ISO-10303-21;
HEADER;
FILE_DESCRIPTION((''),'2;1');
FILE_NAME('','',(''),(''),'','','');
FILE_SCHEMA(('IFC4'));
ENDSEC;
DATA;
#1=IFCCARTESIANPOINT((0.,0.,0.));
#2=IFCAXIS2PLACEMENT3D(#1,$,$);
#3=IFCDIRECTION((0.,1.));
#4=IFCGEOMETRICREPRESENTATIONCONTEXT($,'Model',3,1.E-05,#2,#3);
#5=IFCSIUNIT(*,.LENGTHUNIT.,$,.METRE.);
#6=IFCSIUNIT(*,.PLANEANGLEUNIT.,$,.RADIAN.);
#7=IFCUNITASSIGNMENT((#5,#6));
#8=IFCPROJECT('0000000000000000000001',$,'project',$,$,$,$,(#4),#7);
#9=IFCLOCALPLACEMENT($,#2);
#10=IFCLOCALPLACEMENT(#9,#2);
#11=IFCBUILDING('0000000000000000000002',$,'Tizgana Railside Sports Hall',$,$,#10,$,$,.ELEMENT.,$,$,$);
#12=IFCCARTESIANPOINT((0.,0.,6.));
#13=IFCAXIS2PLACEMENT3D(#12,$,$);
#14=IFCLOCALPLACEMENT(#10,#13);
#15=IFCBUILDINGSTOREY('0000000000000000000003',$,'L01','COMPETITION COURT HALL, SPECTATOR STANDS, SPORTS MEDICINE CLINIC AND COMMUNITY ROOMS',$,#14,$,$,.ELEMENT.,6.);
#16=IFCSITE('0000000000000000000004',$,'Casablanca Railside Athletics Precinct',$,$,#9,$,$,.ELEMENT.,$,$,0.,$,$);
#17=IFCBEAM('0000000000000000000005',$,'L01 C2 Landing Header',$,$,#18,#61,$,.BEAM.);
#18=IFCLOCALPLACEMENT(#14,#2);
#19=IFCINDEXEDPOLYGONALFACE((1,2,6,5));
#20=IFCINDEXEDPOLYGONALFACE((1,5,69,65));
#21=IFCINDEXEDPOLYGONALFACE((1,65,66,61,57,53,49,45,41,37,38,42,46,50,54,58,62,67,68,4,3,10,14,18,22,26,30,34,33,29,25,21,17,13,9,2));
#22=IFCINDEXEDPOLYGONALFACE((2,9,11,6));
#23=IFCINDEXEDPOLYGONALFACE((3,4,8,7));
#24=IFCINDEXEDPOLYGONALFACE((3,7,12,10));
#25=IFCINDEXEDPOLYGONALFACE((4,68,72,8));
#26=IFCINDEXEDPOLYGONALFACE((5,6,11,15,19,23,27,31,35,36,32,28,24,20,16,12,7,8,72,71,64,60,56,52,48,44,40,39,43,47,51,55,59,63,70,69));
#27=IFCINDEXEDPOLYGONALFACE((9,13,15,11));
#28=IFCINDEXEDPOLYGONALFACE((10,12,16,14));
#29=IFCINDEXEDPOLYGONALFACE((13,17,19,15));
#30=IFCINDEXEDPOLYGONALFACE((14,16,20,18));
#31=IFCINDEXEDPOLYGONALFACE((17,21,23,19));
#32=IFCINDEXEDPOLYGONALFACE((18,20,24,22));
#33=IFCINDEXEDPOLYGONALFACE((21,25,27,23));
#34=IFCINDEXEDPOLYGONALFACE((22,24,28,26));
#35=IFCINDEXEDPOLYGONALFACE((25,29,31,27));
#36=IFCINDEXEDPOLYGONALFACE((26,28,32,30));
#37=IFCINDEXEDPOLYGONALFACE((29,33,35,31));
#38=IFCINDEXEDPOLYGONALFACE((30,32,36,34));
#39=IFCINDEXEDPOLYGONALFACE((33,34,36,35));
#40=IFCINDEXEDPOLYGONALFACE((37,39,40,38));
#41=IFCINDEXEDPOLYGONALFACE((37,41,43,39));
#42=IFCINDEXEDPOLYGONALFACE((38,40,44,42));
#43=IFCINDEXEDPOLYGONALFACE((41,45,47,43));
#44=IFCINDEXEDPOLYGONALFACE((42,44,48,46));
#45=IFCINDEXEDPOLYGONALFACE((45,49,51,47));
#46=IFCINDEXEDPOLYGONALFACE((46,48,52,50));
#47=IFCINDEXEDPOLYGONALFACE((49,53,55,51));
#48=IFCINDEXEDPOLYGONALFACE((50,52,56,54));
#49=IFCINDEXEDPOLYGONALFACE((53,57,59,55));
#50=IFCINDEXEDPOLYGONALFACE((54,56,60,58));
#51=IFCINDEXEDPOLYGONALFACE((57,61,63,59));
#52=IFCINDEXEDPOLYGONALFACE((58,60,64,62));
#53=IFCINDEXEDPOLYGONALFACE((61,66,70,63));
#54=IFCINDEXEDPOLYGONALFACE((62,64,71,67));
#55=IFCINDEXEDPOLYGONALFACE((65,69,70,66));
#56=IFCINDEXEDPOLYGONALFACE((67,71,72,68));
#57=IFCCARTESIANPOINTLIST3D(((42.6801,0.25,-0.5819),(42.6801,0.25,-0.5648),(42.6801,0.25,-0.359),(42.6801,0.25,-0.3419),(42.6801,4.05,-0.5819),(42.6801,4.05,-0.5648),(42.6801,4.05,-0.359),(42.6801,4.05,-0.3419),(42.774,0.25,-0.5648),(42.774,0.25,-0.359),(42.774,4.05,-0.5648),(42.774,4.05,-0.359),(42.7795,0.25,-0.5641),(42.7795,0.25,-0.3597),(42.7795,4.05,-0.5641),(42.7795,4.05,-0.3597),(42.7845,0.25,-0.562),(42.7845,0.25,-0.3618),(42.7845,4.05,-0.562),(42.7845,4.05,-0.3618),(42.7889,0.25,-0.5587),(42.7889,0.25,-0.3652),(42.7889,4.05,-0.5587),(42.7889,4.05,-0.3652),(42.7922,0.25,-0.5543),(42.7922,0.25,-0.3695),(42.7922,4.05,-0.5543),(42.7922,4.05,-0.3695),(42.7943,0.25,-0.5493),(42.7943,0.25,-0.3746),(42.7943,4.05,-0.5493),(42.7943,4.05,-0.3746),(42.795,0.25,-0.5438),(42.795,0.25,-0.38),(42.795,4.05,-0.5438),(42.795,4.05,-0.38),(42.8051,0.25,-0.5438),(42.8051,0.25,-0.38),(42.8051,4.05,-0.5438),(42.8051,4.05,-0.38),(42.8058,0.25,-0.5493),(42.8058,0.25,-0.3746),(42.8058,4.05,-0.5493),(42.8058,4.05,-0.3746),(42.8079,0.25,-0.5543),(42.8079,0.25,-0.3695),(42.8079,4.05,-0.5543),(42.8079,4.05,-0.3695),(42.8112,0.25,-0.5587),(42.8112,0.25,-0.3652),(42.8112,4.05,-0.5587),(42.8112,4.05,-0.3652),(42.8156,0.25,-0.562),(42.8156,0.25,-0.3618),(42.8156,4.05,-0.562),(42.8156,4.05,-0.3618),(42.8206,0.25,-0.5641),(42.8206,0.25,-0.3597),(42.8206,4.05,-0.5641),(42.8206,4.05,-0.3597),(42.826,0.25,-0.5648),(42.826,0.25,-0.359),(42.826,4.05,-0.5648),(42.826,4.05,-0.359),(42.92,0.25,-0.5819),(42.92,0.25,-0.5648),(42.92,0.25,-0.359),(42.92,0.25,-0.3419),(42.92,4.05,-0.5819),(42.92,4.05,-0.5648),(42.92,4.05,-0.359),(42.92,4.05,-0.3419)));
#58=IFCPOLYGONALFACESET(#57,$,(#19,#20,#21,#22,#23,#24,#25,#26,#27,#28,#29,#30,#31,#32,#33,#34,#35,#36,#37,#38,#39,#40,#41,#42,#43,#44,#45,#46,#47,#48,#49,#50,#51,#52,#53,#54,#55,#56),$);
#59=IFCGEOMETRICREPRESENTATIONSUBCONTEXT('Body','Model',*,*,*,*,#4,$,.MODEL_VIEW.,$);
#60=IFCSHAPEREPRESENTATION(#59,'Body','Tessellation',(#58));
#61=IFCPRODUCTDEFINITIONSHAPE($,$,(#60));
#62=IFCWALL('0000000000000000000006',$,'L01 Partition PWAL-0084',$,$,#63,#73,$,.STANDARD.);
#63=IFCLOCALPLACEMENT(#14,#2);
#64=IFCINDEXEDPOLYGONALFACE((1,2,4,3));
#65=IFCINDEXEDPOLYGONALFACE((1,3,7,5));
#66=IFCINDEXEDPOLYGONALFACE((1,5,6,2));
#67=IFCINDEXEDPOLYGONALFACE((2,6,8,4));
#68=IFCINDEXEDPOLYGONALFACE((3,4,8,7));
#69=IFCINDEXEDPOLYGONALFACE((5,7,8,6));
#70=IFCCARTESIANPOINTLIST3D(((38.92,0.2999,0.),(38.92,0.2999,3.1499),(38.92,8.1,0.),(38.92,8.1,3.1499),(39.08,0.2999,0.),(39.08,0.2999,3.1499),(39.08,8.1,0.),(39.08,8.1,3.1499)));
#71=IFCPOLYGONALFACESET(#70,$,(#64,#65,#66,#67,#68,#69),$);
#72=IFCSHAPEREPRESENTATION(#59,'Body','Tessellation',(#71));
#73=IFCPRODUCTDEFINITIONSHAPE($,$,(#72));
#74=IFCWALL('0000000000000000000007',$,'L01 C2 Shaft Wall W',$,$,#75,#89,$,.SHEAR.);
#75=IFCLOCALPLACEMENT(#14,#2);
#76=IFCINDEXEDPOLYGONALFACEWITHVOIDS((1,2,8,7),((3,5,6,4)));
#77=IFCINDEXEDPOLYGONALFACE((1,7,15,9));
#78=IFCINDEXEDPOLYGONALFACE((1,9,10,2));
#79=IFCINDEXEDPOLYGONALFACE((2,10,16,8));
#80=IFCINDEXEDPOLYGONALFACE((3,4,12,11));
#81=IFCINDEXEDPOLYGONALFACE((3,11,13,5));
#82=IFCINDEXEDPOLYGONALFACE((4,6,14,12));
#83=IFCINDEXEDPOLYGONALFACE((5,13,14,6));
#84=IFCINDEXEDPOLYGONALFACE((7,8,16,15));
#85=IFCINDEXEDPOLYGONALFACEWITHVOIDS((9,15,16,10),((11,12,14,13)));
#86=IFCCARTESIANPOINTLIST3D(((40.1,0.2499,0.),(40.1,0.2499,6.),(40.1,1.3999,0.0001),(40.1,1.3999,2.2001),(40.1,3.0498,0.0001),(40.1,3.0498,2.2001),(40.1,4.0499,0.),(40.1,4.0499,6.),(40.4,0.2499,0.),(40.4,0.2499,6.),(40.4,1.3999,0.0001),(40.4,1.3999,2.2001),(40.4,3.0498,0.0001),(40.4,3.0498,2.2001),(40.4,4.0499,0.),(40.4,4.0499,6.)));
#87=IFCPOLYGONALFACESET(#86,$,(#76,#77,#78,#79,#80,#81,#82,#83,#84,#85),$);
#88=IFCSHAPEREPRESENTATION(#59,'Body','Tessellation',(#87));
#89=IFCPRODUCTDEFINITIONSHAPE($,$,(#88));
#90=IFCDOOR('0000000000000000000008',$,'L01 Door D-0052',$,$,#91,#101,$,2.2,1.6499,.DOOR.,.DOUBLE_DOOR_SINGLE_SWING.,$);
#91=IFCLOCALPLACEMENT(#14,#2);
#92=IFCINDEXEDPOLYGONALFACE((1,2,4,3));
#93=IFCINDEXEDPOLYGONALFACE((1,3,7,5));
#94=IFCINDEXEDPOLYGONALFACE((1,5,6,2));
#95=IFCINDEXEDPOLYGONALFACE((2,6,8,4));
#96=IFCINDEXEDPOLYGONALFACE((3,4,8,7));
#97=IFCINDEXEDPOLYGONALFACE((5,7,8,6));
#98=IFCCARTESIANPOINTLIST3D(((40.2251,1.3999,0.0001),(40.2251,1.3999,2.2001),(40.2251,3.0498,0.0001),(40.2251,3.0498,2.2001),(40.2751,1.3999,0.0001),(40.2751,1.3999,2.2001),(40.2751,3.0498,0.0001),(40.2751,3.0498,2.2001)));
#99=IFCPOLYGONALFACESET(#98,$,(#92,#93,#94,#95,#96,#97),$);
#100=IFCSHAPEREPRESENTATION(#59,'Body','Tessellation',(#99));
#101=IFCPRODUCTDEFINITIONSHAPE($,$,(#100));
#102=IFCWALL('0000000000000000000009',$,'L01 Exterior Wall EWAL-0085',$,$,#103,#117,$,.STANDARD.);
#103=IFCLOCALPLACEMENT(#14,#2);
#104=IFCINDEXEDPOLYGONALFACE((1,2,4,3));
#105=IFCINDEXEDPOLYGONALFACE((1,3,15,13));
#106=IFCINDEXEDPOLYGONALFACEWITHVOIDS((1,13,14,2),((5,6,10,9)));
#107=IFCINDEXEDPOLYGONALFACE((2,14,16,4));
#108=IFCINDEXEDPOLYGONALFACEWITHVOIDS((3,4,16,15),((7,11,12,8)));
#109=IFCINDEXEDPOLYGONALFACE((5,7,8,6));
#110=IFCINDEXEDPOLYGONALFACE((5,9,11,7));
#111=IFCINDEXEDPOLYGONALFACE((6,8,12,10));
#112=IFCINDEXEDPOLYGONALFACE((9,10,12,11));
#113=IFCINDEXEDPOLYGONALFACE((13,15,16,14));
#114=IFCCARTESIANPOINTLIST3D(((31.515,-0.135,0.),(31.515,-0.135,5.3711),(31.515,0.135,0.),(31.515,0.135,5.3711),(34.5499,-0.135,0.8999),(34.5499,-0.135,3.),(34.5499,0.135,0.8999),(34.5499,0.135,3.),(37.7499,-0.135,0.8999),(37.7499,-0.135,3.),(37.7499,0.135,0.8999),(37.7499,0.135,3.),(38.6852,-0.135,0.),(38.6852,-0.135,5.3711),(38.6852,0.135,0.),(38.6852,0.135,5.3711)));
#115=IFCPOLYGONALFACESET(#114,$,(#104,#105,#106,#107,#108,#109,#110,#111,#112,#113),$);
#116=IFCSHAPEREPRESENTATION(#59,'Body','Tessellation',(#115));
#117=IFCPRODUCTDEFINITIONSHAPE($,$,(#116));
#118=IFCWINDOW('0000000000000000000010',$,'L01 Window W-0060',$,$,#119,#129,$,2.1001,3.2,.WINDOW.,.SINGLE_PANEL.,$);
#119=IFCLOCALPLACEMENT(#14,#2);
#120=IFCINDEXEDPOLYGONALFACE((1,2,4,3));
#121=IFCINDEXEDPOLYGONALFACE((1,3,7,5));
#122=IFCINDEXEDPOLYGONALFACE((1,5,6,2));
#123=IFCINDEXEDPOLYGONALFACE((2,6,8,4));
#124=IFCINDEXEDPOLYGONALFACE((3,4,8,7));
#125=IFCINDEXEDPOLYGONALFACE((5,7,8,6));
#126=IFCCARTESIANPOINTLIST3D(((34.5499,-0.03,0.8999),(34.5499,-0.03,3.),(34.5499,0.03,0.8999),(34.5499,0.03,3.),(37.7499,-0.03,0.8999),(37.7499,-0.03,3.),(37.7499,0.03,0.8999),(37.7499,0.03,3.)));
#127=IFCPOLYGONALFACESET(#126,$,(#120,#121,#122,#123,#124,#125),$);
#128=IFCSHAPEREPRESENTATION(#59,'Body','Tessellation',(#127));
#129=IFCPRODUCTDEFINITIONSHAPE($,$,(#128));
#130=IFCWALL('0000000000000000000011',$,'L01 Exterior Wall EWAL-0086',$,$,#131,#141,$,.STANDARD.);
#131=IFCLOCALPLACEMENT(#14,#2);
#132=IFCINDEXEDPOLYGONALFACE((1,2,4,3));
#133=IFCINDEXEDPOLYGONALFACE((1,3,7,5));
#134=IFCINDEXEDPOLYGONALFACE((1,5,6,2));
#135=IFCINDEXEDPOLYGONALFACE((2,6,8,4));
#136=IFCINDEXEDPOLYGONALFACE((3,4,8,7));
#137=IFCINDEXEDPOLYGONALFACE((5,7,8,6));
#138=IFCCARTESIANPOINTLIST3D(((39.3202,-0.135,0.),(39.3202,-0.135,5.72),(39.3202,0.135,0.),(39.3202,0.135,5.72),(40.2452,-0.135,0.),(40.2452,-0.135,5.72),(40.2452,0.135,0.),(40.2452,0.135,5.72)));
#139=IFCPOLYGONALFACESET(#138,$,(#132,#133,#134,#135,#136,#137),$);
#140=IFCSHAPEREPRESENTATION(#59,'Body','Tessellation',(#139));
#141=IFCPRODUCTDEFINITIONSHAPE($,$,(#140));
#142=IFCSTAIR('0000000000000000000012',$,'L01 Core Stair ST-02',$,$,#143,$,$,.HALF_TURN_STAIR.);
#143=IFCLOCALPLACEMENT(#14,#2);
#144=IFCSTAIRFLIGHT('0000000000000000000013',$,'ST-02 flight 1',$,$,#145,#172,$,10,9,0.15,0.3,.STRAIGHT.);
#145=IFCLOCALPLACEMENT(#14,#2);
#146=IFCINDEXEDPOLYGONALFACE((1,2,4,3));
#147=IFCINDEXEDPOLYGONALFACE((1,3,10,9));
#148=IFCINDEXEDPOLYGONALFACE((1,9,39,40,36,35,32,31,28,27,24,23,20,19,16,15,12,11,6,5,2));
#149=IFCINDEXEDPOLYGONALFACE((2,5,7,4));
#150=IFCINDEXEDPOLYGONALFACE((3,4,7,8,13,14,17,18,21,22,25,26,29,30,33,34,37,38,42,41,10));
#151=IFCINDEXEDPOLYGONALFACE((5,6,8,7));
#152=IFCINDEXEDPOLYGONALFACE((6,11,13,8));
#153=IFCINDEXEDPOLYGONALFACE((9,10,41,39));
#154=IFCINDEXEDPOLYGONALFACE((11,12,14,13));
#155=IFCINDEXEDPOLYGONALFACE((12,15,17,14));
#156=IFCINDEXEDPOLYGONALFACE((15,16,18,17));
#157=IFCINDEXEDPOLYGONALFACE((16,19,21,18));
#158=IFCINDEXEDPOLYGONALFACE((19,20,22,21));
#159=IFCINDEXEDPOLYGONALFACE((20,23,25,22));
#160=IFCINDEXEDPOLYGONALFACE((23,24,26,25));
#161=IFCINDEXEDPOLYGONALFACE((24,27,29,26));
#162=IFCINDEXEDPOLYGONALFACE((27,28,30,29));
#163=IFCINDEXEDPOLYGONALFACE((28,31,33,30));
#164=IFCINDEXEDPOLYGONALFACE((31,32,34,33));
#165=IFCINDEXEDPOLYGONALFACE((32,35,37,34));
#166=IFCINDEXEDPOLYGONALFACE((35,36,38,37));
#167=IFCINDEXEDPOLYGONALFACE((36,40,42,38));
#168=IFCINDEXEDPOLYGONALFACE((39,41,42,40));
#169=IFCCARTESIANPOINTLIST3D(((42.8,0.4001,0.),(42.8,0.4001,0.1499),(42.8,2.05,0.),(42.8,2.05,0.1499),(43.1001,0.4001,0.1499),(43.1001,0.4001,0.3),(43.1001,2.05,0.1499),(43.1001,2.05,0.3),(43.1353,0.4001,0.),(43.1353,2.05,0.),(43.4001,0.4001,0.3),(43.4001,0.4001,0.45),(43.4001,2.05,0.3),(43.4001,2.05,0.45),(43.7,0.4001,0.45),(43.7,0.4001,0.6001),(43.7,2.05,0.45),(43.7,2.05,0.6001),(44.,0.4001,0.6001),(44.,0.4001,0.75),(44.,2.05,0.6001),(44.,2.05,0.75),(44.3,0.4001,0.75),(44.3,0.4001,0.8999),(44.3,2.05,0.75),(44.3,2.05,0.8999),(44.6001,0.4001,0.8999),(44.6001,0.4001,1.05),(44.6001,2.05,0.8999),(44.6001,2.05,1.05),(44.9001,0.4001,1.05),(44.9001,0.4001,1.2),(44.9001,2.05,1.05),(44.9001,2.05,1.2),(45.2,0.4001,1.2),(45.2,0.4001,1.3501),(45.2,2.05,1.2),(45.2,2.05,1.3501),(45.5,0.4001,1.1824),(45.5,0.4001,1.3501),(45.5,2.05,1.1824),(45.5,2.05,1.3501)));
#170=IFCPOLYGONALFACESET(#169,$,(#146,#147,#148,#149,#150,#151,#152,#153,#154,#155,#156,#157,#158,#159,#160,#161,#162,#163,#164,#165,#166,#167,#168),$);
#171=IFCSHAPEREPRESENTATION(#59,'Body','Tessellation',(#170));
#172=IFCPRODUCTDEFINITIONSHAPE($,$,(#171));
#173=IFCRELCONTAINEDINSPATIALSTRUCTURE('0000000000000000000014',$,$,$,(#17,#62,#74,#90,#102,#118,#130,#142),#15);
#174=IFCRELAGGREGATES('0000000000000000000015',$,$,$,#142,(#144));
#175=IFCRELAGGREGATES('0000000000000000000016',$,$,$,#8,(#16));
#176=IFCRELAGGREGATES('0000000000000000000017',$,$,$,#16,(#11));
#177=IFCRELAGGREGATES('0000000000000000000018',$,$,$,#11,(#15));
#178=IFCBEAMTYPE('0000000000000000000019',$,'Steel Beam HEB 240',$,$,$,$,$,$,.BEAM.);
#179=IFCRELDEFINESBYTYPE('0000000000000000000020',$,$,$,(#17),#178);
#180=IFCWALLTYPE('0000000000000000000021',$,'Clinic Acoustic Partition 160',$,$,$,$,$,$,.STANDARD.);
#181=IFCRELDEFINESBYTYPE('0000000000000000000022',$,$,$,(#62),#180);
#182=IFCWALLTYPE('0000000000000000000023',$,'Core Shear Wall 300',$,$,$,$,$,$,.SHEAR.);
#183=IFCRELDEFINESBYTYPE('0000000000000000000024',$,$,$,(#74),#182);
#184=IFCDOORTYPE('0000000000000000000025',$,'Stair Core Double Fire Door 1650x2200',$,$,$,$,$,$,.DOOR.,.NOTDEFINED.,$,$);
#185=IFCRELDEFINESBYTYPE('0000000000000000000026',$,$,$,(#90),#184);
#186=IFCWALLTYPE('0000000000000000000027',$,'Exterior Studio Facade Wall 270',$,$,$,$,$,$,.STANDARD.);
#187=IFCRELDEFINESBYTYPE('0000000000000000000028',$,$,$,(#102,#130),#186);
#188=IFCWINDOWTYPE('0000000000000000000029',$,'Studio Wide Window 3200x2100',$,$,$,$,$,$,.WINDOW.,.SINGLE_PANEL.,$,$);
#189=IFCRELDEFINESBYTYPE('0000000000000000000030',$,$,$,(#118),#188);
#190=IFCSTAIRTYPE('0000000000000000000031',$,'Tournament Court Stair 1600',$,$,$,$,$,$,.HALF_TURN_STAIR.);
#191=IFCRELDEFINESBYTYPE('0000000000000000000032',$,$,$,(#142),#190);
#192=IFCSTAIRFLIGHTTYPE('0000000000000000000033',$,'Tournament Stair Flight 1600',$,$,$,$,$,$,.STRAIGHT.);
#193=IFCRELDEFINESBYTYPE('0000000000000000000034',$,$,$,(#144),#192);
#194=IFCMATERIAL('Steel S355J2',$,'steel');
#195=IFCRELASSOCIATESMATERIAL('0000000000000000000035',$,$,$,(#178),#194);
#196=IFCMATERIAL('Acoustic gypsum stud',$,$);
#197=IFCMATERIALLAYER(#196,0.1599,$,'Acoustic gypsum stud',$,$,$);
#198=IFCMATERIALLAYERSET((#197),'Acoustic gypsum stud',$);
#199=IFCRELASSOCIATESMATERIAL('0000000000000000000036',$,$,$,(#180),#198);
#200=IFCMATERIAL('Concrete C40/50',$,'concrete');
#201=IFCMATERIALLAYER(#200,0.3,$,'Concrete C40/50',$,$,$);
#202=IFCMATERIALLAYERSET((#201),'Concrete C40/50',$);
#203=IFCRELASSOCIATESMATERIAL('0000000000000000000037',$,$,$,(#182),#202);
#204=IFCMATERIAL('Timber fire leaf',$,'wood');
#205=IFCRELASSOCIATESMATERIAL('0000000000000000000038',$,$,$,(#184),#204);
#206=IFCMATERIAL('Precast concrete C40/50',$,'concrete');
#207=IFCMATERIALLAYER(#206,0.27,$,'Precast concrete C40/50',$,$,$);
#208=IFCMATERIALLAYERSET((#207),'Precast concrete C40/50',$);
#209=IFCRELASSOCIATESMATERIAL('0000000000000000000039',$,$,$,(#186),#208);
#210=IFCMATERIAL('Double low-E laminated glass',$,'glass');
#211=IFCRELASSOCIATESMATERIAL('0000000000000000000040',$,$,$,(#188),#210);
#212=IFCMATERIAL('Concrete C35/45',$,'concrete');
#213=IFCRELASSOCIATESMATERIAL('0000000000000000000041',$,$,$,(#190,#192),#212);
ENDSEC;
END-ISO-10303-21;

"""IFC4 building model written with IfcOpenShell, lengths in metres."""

from ifc_helpers import new_model, si_unit, direction, frame, frame_2d, origin, origin_2d, place, context, subcontext, project, spatial, polyline, rectangle, i_section, outline, extrude, material, layer, layer_set, material_profile, profile_set, type_object, element, fill, aggregate, save


model = new_model("IFC4")

# Units and contexts
model_context = context("Model", 3, precision=1e-05, world=origin(), true_north=direction((0.0, 1.0)))
body_context = subcontext(model_context, "Body", "Model", "MODEL_VIEW")
ifc_project = project(units=[si_unit("LENGTHUNIT", "METRE"), si_unit("PLANEANGLEUNIT", "RADIAN")], contexts=[model_context])

# Site, building, storey
site_placement = place(None, origin())
site = spatial("IfcSite", under=ifc_project, at=site_placement, Name="Casablanca Railside Athletics Precinct", CompositionType="ELEMENT", RefElevation=0.0)
building_placement = place(site_placement, origin())
building = spatial("IfcBuilding", under=site, at=building_placement, Name="Tizgana Railside Sports Hall", CompositionType="ELEMENT")
storey_placement = place(building_placement, frame((0.0, 0.0, 6.0)))
storey = spatial("IfcBuildingStorey", under=building, at=storey_placement, Name="L01", Description="COMPETITION COURT HALL, SPECTATOR STANDS, SPORTS MEDICINE CLINIC AND COMMUNITY ROOMS", CompositionType="ELEMENT", Elevation=6.0)

# Shared definitions
ifc_material_1 = material(Name="Concrete C40/50", Category="concrete")

# Beam
ifc_material_2 = material(Name="Concrete C35/45", Category="concrete")
ifc_material_3 = material(Name="Steel S355J2", Category="steel")
ifc_material_profile_1 = material_profile(ifc_material_3, i_section(OverallWidth=0.24, OverallDepth=0.24, WebThickness=0.01, FlangeThickness=0.0171, FilletRadius=0.021, at=origin_2d()), Name="HEB 240")
ifc_profile_set_1 = profile_set([ifc_material_profile_1], Name="Steel S355J2")
beam_type_1 = type_object("IfcBeamType", Name="Steel Beam HEB 240", PredefinedType="BEAM", material=ifc_profile_set_1)
beam_1_placement = place(storey_placement, frame((42.8, 0.25, -0.4619), z_axis=(0.0, 1.0, 0.0), x_axis=(-1.0, 0.0, 0.0)))
element("IfcBeam", 1, at=beam_1_placement, inside=storey, type_object=beam_type_1, Name="L01 C2 Landing Header", PredefinedType="BEAM", context=body_context, shape_type="SweptSolid", body=[
    extrude(i_section(OverallWidth=0.24, OverallDepth=0.24, WebThickness=0.01, FlangeThickness=0.0171, FilletRadius=0.021, at=origin_2d()), origin(), (0.0, 0.0, 1.0), 3.8),
])

# Wall
ifc_material_4 = material(Name="Acoustic gypsum stud")
ifc_layer_1 = layer(ifc_material_4, 0.1599, Name="Acoustic gypsum stud")
ifc_layer_set_1 = layer_set([ifc_layer_1], Name="Acoustic gypsum stud")
wall_type_1 = type_object("IfcWallType", Name="Clinic Acoustic Partition 160", PredefinedType="STANDARD", material=ifc_layer_set_1)
wall_1_placement = place(storey_placement, frame((39.0, 0.3, 0.0), z_axis=(0.0, 0.0, 1.0), x_axis=(0.0, 1.0, 0.0)))
element("IfcWall", 2, at=wall_1_placement, inside=storey, type_object=wall_type_1, Name="L01 Partition PWAL-0084", PredefinedType="STANDARD", context=body_context, shape_type="SweptSolid", body=[
    extrude(rectangle(XDim=7.8, YDim=0.1599, at=frame_2d((3.8999, 0.0))), origin(), (0.0, 0.0, 1.0), 3.1499),
])

# Wall, opening, door
ifc_layer_2 = layer(ifc_material_1, 0.3, Name="Concrete C40/50")
ifc_layer_set_2 = layer_set([ifc_layer_2], Name="Concrete C40/50")
wall_type_2 = type_object("IfcWallType", Name="Core Shear Wall 300", PredefinedType="SHEAR", material=ifc_layer_set_2)
wall_2_placement = place(storey_placement, frame((40.25, 0.25, 0.0), z_axis=(0.0, 0.0, 1.0), x_axis=(0.0, 1.0, 0.0)))
wall_2 = element("IfcWall", 3, at=wall_2_placement, inside=storey, type_object=wall_type_2, Name="L01 C2 Shaft Wall W", PredefinedType="SHEAR", context=body_context, shape_type="SweptSolid", body=[
    extrude(rectangle(XDim=3.8, YDim=0.3, at=frame_2d((1.8999, 0.0))), origin(), (0.0, 0.0, 1.0), 6.0),
])
opening_1_placement = place(wall_2_placement, frame((1.1499, 0.0, 0.0)))
opening_1 = element("IfcOpeningElement", 4, at=opening_1_placement, cuts=wall_2, PredefinedType="OPENING", context=body_context, shape_type="SweptSolid", body=[
    extrude(rectangle(XDim=1.6499, YDim=2.2, at=frame_2d((0.825, 1.1001))), frame((0.0, 0.1599, 0.0), z_axis=(0.0, -1.0, 0.0), x_axis=(1.0, 0.0, 0.0)), (0.0, 0.0, 1.0), 0.3201),
])
ifc_material_5 = material(Name="Timber fire leaf", Category="wood")
door_type = type_object("IfcDoorType", Name="Stair Core Double Fire Door 1650x2200", OperationType="NOTDEFINED", PredefinedType="DOOR", material=ifc_material_5)
door_placement = place(opening_1_placement, origin())
door = element("IfcDoor", 5, at=door_placement, inside=storey, type_object=door_type, Name="L01 Door D-0052", OperationType="DOUBLE_DOOR_SINGLE_SWING", OverallHeight=2.2, OverallWidth=1.6499, PredefinedType="DOOR", context=body_context, shape_type="SweptSolid", body=[
    extrude(rectangle(XDim=1.6499, YDim=2.2, at=frame_2d((0.825, 1.1001))), frame((0.0, 0.0249, 0.0), z_axis=(0.0, -1.0, 0.0), x_axis=(1.0, 0.0, 0.0)), (0.0, 0.0, 1.0), 0.05),
])
fill(opening_1, door)

# Wall, opening, window
ifc_material_6 = material(Name="Precast concrete C40/50", Category="concrete")
ifc_layer_3 = layer(ifc_material_6, 0.27, Name="Precast concrete C40/50")
ifc_layer_set_3 = layer_set([ifc_layer_3], Name="Precast concrete C40/50")
wall_type_3 = type_object("IfcWallType", Name="Exterior Studio Facade Wall 270", PredefinedType="STANDARD", material=ifc_layer_set_3)
wall_3_placement = place(storey_placement, frame((38.6851, 0.0, 0.0), z_axis=(0.0, 0.0, 1.0), x_axis=(-1.0, 0.0, 0.0)))
wall_3 = element("IfcWall", 6, at=wall_3_placement, inside=storey, type_object=wall_type_3, Name="L01 Exterior Wall EWAL-0085", PredefinedType="STANDARD", context=body_context, shape_type="SweptSolid", body=[
    extrude(rectangle(XDim=7.1702, YDim=0.27, at=frame_2d((3.585, 0.0))), origin(), (0.0, 0.0, 1.0), 5.3711),
])
opening_2_placement = place(wall_3_placement, frame((0.9351, 0.0, 0.8999)))
opening_2 = element("IfcOpeningElement", 7, at=opening_2_placement, cuts=wall_3, PredefinedType="OPENING", context=body_context, shape_type="SweptSolid", body=[
    extrude(rectangle(XDim=3.2, YDim=2.1001, at=frame_2d((1.6001, 1.05))), frame((0.0, 0.145, 0.0), z_axis=(0.0, -1.0, 0.0), x_axis=(1.0, 0.0, 0.0)), (0.0, 0.0, 1.0), 0.29),
])
ifc_material_7 = material(Name="Double low-E laminated glass", Category="glass")
window_type = type_object("IfcWindowType", Name="Studio Wide Window 3200x2100", PartitioningType="SINGLE_PANEL", PredefinedType="WINDOW", material=ifc_material_7)
window_placement = place(opening_2_placement, origin())
window = element("IfcWindow", 8, at=window_placement, inside=storey, type_object=window_type, Name="L01 Window W-0060", OverallHeight=2.1001, OverallWidth=3.2, PartitioningType="SINGLE_PANEL", PredefinedType="WINDOW", context=body_context, shape_type="SweptSolid", body=[
    extrude(rectangle(XDim=3.2, YDim=2.1001, at=frame_2d((1.6001, 1.05))), frame((0.0, 0.03, 0.0), z_axis=(0.0, -1.0, 0.0), x_axis=(1.0, 0.0, 0.0)), (0.0, 0.0, 1.0), 0.0601),
])
fill(opening_2, window)

# Wall
wall_4_placement = place(storey_placement, frame((40.2451, 0.0, 0.0), z_axis=(0.0, 0.0, 1.0), x_axis=(-1.0, 0.0, 0.0)))
element("IfcWall", 9, at=wall_4_placement, inside=storey, type_object=wall_type_3, Name="L01 Exterior Wall EWAL-0086", PredefinedType="STANDARD", context=body_context, shape_type="SweptSolid", body=[
    extrude(rectangle(XDim=0.925, YDim=0.27, at=frame_2d((0.4624, 0.0))), origin(), (0.0, 0.0, 1.0), 5.72),
])

# Stair, stair flight
stair_type = type_object("IfcStairType", Name="Tournament Court Stair 1600", PredefinedType="HALF_TURN_STAIR", material=ifc_material_2)
stair_placement = place(storey_placement, origin())
stair = element("IfcStair", 10, at=stair_placement, inside=storey, type_object=stair_type, Name="L01 Core Stair ST-02", PredefinedType="HALF_TURN_STAIR")
stair_flight_type = type_object("IfcStairFlightType", Name="Tournament Stair Flight 1600", PredefinedType="STRAIGHT", material=ifc_material_2)
stair_flight_1_placement = place(storey_placement, frame((42.8, 1.2251, 0.0), z_axis=(0.0, 0.0, 1.0), x_axis=(1.0, 0.0, 0.0)))
stair_flight_1 = element("IfcStairFlight", 11, at=stair_flight_1_placement, type_object=stair_flight_type, Name="ST-02 flight 1", NumberOfRisers=10, NumberOfTreads=9, PredefinedType="STRAIGHT", RiserHeight=0.15, TreadLength=0.3, context=body_context, shape_type="SweptSolid", body=[
    extrude(outline(polyline([(0.0, 0.0), (0.0, 0.1499), (0.3, 0.1499), (0.3, 0.3), (0.6001, 0.3), (0.6001, 0.45), (0.8999, 0.45), (0.8999, 0.6001), (1.2, 0.6001), (1.2, 0.75), (1.5, 0.75), (1.5, 0.8999), (1.8, 0.8999), (1.8, 1.05), (2.1001, 1.05), (2.1001, 1.2), (2.3999, 1.2), (2.3999, 1.3501), (2.7, 1.3501), (2.7, 1.5), (2.7, 1.1824), (0.3352, 0.0), (0.0, 0.0)])), frame((0.0, 0.825, 0.0), z_axis=(0.0, -1.0, 0.0), x_axis=(1.0, 0.0, 0.0)), (0.0, 0.0, 1.0), 1.6499),
])
aggregate(stair, [stair_flight_1])

save(model, "model.ifc")
